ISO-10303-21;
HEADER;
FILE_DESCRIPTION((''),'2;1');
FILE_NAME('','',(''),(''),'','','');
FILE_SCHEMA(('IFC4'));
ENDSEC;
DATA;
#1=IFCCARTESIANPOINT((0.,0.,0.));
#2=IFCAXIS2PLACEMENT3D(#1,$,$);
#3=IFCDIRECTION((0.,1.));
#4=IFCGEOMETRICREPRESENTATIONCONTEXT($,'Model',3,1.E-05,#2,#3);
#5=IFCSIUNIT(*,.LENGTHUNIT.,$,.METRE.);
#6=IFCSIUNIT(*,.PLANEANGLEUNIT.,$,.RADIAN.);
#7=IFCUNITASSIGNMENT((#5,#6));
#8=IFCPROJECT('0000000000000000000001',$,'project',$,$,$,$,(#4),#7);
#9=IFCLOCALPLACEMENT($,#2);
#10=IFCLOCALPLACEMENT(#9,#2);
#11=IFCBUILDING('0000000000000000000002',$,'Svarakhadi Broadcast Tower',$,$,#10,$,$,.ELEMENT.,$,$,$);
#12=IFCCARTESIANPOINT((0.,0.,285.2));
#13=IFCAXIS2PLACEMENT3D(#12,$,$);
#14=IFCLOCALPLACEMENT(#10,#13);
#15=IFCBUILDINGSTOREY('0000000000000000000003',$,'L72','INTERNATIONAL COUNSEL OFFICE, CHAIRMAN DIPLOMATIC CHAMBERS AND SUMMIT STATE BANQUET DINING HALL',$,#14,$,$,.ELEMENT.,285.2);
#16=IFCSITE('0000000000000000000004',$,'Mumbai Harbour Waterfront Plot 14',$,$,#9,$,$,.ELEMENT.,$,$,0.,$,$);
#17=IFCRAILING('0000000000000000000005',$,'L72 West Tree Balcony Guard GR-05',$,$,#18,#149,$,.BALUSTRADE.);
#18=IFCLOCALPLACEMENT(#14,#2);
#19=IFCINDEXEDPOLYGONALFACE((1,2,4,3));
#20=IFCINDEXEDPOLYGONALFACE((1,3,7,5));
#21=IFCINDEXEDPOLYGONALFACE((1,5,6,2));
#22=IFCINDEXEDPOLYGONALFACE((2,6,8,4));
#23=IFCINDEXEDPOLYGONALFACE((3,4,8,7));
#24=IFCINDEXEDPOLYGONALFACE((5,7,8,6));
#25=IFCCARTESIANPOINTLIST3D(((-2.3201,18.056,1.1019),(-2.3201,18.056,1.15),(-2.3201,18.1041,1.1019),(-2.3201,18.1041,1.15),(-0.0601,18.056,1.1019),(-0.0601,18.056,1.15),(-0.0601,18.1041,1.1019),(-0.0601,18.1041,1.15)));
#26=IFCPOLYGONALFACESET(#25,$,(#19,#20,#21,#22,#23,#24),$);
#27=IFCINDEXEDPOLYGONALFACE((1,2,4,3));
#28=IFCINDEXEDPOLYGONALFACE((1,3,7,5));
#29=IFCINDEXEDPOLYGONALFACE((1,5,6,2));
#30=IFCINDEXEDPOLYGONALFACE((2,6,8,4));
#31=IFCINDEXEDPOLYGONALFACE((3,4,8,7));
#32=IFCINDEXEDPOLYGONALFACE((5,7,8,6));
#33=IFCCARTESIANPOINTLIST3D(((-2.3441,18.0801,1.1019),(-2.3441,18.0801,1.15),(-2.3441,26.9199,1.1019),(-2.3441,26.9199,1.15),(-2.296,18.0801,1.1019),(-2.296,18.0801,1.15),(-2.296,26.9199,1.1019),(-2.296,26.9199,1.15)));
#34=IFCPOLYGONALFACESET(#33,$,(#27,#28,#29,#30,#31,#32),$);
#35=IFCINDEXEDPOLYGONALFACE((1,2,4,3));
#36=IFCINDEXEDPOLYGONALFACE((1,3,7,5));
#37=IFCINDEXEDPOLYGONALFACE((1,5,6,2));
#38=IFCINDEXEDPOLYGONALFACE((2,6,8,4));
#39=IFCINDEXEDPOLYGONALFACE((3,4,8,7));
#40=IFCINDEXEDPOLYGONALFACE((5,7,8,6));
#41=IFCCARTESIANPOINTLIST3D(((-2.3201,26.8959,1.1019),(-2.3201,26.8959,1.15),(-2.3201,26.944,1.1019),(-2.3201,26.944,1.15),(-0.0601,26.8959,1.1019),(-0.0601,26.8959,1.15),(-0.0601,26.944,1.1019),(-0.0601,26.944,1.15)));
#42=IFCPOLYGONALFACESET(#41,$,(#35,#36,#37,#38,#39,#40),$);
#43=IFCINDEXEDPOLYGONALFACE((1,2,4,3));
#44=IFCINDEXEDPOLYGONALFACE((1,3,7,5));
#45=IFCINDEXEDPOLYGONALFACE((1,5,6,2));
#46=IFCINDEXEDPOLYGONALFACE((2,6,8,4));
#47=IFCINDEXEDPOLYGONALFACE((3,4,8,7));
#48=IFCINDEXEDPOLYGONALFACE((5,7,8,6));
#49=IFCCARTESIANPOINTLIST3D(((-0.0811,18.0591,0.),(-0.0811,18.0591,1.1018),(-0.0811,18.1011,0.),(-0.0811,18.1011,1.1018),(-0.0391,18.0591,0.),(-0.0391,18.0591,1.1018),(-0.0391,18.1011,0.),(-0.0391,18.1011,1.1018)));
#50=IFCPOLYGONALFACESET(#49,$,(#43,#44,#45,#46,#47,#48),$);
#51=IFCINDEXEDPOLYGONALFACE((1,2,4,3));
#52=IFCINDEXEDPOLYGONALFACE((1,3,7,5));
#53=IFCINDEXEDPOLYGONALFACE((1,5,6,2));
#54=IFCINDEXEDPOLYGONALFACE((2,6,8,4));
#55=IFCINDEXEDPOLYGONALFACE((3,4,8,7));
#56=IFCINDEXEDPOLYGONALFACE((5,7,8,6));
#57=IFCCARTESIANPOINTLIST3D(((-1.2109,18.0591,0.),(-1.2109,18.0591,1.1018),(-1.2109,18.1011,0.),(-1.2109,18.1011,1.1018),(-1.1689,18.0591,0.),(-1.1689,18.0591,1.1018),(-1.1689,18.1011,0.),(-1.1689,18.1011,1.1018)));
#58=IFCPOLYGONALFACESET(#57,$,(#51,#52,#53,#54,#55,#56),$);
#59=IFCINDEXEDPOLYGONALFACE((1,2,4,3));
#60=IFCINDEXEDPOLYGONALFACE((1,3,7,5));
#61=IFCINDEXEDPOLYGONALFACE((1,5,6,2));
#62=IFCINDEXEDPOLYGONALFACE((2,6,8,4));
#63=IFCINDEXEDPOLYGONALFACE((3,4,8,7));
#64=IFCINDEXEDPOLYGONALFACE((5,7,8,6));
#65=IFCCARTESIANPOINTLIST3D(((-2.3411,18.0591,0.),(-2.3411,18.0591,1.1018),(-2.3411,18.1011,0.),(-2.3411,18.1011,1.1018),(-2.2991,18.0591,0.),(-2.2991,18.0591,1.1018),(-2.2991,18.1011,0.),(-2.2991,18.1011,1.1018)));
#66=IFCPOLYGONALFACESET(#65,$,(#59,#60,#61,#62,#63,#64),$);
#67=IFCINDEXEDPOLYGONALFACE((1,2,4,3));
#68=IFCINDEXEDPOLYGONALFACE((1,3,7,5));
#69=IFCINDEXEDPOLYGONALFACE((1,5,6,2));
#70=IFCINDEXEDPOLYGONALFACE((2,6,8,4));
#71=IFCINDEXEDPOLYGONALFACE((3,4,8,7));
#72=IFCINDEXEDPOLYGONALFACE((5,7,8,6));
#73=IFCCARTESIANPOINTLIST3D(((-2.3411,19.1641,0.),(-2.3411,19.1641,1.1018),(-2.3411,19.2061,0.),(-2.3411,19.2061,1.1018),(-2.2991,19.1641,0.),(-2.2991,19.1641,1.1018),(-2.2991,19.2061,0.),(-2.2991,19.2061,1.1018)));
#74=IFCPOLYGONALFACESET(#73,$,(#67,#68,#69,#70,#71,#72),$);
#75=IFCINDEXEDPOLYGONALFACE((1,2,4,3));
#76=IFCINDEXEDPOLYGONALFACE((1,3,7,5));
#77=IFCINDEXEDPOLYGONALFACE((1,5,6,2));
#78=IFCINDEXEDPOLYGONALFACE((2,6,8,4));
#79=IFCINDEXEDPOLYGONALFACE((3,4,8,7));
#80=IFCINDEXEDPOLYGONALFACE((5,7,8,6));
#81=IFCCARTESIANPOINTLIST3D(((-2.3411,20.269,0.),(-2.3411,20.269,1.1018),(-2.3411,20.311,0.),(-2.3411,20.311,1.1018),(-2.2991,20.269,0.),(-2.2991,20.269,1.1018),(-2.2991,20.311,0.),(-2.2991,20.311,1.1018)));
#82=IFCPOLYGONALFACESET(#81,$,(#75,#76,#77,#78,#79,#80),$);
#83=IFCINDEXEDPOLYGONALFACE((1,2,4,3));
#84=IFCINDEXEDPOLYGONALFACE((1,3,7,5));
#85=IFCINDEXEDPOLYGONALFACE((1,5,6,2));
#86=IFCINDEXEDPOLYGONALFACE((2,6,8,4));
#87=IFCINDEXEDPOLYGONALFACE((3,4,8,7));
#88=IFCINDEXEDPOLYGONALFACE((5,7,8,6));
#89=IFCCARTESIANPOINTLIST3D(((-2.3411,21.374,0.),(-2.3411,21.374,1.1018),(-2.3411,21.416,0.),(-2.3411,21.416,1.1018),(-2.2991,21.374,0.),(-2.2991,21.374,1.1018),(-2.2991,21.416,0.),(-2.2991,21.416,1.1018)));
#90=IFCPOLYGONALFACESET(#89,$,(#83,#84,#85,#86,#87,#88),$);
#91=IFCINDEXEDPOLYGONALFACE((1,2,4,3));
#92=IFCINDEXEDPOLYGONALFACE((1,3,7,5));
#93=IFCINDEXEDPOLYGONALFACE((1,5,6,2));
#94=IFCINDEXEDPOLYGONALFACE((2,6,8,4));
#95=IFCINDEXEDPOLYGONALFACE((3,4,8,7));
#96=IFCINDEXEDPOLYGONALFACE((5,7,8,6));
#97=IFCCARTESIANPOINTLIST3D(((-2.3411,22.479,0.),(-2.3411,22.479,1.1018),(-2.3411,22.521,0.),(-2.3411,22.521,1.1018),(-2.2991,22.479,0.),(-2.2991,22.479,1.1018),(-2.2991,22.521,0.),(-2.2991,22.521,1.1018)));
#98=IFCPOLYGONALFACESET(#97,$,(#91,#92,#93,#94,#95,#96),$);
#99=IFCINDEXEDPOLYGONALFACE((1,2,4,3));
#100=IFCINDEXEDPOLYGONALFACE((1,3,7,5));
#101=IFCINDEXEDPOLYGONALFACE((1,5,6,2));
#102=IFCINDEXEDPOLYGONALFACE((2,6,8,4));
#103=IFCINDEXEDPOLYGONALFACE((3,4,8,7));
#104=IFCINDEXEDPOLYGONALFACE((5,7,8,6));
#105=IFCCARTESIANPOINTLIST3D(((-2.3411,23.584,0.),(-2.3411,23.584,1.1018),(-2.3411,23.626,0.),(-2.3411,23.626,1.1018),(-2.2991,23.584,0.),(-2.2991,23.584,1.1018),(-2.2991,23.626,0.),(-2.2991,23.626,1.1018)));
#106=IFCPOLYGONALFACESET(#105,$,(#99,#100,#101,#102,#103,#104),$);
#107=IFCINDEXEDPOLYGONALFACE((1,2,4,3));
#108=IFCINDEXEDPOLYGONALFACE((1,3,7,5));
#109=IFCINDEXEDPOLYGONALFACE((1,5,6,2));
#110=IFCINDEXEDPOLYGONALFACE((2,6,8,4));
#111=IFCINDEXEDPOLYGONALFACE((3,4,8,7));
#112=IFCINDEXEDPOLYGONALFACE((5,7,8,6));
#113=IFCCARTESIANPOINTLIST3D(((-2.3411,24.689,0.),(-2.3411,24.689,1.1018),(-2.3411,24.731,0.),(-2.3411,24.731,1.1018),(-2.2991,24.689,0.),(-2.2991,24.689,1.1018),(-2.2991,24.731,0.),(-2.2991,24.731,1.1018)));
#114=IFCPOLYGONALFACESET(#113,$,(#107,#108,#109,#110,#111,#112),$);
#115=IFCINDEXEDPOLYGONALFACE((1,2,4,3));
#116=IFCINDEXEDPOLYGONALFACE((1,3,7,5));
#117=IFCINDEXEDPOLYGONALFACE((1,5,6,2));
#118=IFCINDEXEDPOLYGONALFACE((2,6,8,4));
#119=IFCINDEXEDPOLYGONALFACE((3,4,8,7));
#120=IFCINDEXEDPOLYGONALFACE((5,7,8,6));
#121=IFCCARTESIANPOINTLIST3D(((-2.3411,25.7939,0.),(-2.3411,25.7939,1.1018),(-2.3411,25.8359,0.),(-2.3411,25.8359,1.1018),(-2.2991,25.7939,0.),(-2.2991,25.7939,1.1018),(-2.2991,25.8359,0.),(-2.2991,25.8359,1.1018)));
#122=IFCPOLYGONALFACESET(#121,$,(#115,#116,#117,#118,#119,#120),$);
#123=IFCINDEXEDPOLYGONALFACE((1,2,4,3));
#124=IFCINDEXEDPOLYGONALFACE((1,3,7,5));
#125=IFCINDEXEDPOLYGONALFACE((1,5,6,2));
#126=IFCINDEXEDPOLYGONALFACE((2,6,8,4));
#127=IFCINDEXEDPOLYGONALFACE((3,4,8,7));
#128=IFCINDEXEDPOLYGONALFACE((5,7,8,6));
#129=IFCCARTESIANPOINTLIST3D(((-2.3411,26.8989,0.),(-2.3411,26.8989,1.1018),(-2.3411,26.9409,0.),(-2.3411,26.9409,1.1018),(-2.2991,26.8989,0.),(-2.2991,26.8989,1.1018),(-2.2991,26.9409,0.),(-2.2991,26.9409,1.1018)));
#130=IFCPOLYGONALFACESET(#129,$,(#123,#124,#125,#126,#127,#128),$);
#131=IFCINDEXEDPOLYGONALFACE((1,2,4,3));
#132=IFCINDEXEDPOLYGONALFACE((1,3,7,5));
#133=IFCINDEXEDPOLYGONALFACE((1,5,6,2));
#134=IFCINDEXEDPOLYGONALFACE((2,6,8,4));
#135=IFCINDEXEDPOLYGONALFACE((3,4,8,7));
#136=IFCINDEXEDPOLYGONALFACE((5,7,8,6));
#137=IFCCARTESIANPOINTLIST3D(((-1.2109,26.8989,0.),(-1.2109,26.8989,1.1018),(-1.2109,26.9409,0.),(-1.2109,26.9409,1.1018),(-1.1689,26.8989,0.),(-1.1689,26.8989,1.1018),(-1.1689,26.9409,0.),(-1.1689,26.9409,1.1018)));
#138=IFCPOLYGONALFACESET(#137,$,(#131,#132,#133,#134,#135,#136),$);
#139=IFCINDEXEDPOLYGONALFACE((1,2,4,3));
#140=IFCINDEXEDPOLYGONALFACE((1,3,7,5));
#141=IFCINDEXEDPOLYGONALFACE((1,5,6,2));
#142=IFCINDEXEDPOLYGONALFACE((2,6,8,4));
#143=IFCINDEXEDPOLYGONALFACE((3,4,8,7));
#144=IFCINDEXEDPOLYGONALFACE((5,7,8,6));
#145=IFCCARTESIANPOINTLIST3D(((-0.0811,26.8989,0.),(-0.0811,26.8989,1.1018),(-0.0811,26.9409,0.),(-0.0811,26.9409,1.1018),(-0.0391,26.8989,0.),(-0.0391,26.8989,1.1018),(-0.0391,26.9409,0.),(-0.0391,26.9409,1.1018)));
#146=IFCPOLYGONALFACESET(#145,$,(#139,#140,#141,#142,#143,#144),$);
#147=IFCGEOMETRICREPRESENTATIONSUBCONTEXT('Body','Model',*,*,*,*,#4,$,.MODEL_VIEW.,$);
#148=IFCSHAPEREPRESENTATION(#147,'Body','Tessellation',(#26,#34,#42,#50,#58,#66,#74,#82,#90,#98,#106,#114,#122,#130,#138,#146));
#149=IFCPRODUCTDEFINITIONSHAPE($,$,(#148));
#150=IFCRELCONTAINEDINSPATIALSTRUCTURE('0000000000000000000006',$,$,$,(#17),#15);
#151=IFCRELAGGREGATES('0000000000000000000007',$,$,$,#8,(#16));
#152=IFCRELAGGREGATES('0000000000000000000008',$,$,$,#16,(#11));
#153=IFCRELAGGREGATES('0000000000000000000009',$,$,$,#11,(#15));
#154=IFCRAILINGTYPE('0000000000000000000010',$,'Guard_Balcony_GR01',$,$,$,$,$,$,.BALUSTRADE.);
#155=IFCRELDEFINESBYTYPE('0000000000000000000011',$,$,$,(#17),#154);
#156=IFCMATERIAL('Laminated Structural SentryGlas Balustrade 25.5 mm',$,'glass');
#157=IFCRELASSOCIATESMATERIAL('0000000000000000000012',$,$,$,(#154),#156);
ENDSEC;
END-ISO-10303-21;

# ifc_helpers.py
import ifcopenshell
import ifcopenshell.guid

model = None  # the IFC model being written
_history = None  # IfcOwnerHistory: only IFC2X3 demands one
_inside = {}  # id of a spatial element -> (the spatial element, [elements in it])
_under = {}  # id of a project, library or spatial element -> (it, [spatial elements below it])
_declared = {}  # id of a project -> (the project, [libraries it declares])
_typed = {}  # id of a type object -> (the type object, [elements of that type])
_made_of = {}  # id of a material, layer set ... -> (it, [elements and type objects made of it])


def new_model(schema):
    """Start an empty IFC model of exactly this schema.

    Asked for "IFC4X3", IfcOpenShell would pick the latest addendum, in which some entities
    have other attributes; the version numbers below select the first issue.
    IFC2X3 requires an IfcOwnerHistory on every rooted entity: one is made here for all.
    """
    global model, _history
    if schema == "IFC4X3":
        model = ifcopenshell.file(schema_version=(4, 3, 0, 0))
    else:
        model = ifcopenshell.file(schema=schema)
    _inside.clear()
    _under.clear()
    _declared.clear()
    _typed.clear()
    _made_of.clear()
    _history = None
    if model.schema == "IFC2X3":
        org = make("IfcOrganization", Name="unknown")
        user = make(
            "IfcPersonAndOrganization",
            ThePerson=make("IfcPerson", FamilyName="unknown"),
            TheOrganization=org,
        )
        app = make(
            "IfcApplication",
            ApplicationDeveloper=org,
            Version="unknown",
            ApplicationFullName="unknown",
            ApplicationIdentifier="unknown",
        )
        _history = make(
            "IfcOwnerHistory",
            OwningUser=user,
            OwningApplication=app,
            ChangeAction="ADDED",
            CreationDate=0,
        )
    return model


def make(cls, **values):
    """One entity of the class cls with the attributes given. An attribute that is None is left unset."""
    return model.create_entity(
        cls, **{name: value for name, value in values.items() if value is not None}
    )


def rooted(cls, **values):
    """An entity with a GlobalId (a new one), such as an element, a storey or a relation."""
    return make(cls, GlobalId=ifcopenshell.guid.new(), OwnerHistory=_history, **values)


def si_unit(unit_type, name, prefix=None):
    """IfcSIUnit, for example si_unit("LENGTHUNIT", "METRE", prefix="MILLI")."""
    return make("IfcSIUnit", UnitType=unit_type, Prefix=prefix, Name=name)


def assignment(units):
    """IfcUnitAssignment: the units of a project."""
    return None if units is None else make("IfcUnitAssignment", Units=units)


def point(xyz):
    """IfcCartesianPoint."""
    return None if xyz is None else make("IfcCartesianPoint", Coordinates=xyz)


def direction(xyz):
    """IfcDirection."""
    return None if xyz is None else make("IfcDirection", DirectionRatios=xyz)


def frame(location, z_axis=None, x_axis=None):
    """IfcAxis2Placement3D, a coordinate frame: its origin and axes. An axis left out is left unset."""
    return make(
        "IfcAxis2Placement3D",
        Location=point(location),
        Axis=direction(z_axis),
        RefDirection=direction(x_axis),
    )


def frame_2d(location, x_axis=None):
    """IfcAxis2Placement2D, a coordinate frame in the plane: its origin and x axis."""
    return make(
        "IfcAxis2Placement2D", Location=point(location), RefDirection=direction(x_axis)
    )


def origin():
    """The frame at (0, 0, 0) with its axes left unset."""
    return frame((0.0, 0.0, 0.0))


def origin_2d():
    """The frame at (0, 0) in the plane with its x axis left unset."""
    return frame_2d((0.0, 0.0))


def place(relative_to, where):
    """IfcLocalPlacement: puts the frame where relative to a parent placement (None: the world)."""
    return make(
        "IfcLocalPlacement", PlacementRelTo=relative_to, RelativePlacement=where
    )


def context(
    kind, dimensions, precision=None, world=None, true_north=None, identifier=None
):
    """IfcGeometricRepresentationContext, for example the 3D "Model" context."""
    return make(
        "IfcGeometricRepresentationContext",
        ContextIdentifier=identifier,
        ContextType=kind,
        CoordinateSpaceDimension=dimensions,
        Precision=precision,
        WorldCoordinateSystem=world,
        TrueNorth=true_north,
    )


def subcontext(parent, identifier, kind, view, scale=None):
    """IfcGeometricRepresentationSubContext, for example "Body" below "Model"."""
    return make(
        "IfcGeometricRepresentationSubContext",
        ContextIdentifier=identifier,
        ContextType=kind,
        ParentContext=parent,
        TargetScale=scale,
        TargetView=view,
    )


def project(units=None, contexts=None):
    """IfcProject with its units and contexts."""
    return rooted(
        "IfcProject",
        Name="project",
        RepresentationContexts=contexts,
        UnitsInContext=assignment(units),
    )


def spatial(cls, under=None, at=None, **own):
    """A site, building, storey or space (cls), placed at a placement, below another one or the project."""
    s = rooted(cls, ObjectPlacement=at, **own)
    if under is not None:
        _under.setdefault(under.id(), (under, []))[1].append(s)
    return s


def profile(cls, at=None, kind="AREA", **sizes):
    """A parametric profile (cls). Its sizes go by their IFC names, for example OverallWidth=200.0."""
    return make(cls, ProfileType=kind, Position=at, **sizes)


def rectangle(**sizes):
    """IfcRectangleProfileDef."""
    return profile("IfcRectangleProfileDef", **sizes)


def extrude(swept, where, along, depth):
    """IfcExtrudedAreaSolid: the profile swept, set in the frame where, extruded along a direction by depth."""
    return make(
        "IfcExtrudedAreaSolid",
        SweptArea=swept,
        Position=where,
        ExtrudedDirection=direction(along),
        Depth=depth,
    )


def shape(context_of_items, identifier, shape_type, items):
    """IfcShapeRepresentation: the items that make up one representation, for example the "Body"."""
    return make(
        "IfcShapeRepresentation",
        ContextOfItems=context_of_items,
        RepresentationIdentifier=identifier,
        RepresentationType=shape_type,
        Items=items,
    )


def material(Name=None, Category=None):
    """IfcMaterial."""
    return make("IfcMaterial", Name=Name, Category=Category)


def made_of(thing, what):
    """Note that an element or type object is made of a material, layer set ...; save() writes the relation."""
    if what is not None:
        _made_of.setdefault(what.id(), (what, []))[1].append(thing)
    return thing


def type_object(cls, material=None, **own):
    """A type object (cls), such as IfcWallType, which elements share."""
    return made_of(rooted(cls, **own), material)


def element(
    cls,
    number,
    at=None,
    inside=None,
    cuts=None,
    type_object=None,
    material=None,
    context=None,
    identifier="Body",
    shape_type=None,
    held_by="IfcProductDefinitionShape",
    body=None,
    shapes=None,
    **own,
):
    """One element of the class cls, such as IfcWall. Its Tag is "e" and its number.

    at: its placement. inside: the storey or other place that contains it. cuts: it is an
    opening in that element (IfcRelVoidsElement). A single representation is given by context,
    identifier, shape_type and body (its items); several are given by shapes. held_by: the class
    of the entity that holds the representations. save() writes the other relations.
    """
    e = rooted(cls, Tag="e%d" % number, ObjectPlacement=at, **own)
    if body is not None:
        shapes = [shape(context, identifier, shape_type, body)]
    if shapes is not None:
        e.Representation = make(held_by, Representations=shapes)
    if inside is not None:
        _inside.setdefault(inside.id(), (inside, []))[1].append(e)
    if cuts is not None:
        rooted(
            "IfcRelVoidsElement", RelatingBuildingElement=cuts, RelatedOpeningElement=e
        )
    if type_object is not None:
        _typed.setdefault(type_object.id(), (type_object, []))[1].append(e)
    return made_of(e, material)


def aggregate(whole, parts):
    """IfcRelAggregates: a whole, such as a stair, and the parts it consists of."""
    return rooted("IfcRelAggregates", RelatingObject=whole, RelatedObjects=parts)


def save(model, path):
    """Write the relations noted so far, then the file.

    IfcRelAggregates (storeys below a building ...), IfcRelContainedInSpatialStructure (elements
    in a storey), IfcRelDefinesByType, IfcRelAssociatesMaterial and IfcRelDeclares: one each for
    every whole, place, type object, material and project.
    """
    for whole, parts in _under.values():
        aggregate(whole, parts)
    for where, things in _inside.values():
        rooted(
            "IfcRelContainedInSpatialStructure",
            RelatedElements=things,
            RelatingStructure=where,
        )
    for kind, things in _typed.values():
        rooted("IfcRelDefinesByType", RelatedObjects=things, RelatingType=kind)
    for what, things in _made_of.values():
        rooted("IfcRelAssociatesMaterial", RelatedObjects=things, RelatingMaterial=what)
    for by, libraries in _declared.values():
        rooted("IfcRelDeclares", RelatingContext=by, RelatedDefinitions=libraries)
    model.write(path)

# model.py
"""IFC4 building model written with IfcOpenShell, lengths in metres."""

from ifc_helpers import new_model, si_unit, direction, frame, origin, origin_2d, place, context, subcontext, project, spatial, rectangle, extrude, material, type_object, element, save


model = new_model("IFC4")

# Units and contexts
model_context = context("Model", 3, precision=1e-05, world=origin(), true_north=direction((0.0, 1.0)))
body_context = subcontext(model_context, "Body", "Model", "MODEL_VIEW")
ifc_project = project(units=[si_unit("LENGTHUNIT", "METRE"), si_unit("PLANEANGLEUNIT", "RADIAN")], contexts=[model_context])

# Site, building, storey
site_placement = place(None, origin())
site = spatial("IfcSite", under=ifc_project, at=site_placement, Name="Mumbai Harbour Waterfront Plot 14", CompositionType="ELEMENT", RefElevation=0.0)
building_placement = place(site_placement, origin())
building = spatial("IfcBuilding", under=site, at=building_placement, Name="Svarakhadi Broadcast Tower", CompositionType="ELEMENT")
storey_placement = place(building_placement, frame((0.0, 0.0, 285.2)))
storey = spatial("IfcBuildingStorey", under=building, at=storey_placement, Name="L72", Description="INTERNATIONAL COUNSEL OFFICE, CHAIRMAN DIPLOMATIC CHAMBERS AND SUMMIT STATE BANQUET DINING HALL", CompositionType="ELEMENT", Elevation=285.2)

# Railing
ifc_material_1 = material(Name="Laminated Structural SentryGlas Balustrade 25.5 mm", Category="glass")
railing_type = type_object("IfcRailingType", Name="Guard_Balcony_GR01", PredefinedType="BALUSTRADE", material=ifc_material_1)
railing_placement = place(storey_placement, frame((-0.0601, 18.0801, 0.0)))
element("IfcRailing", 1, at=railing_placement, inside=storey, type_object=railing_type, Name="L72 West Tree Balcony Guard GR-05", PredefinedType="BALUSTRADE", context=body_context, shape_type="SweptSolid", body=[
    extrude(rectangle(XDim=0.0481, YDim=0.0481, at=origin_2d()), frame((0.0, 0.0, 1.126), z_axis=(-1.0, 0.0, 0.0), x_axis=(0.0, -1.0, 0.0)), (0.0, 0.0, 1.0), 2.26),
    extrude(rectangle(XDim=0.0481, YDim=0.0481, at=origin_2d()), frame((-2.26, 0.0, 1.126), z_axis=(0.0, 1.0, 0.0), x_axis=(-1.0, 0.0, 0.0)), (0.0, 0.0, 1.0), 8.8398),
    extrude(rectangle(XDim=0.0481, YDim=0.0481, at=origin_2d()), frame((-2.26, 8.8398, 1.126), z_axis=(1.0, 0.0, 0.0), x_axis=(0.0, 1.0, 0.0)), (0.0, 0.0, 1.0), 2.26),
    extrude(rectangle(XDim=0.042, YDim=0.042, at=origin_2d()), origin(), (0.0, 0.0, 1.0), 1.1018),
    extrude(rectangle(XDim=0.042, YDim=0.042, at=origin_2d()), frame((-1.1299, 0.0, 0.0)), (0.0, 0.0, 1.0), 1.1018),
    extrude(rectangle(XDim=0.042, YDim=0.042, at=origin_2d()), frame((-2.26, 0.0, 0.0)), (0.0, 0.0, 1.0), 1.1018),
    extrude(rectangle(XDim=0.042, YDim=0.042, at=origin_2d()), frame((-2.26, 1.105, 0.0)), (0.0, 0.0, 1.0), 1.1018),
    extrude(rectangle(XDim=0.042, YDim=0.042, at=origin_2d()), frame((-2.26, 2.21, 0.0)), (0.0, 0.0, 1.0), 1.1018),
    extrude(rectangle(XDim=0.042, YDim=0.042, at=origin_2d()), frame((-2.26, 3.3149, 0.0)), (0.0, 0.0, 1.0), 1.1018),
    extrude(rectangle(XDim=0.042, YDim=0.042, at=origin_2d()), frame((-2.26, 4.4199, 0.0)), (0.0, 0.0, 1.0), 1.1018),
    extrude(rectangle(XDim=0.042, YDim=0.042, at=origin_2d()), frame((-2.26, 5.5249, 0.0)), (0.0, 0.0, 1.0), 1.1018),
    extrude(rectangle(XDim=0.042, YDim=0.042, at=origin_2d()), frame((-2.26, 6.6299, 0.0)), (0.0, 0.0, 1.0), 1.1018),
    extrude(rectangle(XDim=0.042, YDim=0.042, at=origin_2d()), frame((-2.26, 7.7349, 0.0)), (0.0, 0.0, 1.0), 1.1018),
    extrude(rectangle(XDim=0.042, YDim=0.042, at=origin_2d()), frame((-2.26, 8.8398, 0.0)), (0.0, 0.0, 1.0), 1.1018),
    extrude(rectangle(XDim=0.042, YDim=0.042, at=origin_2d()), frame((-1.1299, 8.8398, 0.0)), (0.0, 0.0, 1.0), 1.1018),
    extrude(rectangle(XDim=0.042, YDim=0.042, at=origin_2d()), frame((0.0, 8.8398, 0.0)), (0.0, 0.0, 1.0), 1.1018),
])

save(model, "model.ifc")
